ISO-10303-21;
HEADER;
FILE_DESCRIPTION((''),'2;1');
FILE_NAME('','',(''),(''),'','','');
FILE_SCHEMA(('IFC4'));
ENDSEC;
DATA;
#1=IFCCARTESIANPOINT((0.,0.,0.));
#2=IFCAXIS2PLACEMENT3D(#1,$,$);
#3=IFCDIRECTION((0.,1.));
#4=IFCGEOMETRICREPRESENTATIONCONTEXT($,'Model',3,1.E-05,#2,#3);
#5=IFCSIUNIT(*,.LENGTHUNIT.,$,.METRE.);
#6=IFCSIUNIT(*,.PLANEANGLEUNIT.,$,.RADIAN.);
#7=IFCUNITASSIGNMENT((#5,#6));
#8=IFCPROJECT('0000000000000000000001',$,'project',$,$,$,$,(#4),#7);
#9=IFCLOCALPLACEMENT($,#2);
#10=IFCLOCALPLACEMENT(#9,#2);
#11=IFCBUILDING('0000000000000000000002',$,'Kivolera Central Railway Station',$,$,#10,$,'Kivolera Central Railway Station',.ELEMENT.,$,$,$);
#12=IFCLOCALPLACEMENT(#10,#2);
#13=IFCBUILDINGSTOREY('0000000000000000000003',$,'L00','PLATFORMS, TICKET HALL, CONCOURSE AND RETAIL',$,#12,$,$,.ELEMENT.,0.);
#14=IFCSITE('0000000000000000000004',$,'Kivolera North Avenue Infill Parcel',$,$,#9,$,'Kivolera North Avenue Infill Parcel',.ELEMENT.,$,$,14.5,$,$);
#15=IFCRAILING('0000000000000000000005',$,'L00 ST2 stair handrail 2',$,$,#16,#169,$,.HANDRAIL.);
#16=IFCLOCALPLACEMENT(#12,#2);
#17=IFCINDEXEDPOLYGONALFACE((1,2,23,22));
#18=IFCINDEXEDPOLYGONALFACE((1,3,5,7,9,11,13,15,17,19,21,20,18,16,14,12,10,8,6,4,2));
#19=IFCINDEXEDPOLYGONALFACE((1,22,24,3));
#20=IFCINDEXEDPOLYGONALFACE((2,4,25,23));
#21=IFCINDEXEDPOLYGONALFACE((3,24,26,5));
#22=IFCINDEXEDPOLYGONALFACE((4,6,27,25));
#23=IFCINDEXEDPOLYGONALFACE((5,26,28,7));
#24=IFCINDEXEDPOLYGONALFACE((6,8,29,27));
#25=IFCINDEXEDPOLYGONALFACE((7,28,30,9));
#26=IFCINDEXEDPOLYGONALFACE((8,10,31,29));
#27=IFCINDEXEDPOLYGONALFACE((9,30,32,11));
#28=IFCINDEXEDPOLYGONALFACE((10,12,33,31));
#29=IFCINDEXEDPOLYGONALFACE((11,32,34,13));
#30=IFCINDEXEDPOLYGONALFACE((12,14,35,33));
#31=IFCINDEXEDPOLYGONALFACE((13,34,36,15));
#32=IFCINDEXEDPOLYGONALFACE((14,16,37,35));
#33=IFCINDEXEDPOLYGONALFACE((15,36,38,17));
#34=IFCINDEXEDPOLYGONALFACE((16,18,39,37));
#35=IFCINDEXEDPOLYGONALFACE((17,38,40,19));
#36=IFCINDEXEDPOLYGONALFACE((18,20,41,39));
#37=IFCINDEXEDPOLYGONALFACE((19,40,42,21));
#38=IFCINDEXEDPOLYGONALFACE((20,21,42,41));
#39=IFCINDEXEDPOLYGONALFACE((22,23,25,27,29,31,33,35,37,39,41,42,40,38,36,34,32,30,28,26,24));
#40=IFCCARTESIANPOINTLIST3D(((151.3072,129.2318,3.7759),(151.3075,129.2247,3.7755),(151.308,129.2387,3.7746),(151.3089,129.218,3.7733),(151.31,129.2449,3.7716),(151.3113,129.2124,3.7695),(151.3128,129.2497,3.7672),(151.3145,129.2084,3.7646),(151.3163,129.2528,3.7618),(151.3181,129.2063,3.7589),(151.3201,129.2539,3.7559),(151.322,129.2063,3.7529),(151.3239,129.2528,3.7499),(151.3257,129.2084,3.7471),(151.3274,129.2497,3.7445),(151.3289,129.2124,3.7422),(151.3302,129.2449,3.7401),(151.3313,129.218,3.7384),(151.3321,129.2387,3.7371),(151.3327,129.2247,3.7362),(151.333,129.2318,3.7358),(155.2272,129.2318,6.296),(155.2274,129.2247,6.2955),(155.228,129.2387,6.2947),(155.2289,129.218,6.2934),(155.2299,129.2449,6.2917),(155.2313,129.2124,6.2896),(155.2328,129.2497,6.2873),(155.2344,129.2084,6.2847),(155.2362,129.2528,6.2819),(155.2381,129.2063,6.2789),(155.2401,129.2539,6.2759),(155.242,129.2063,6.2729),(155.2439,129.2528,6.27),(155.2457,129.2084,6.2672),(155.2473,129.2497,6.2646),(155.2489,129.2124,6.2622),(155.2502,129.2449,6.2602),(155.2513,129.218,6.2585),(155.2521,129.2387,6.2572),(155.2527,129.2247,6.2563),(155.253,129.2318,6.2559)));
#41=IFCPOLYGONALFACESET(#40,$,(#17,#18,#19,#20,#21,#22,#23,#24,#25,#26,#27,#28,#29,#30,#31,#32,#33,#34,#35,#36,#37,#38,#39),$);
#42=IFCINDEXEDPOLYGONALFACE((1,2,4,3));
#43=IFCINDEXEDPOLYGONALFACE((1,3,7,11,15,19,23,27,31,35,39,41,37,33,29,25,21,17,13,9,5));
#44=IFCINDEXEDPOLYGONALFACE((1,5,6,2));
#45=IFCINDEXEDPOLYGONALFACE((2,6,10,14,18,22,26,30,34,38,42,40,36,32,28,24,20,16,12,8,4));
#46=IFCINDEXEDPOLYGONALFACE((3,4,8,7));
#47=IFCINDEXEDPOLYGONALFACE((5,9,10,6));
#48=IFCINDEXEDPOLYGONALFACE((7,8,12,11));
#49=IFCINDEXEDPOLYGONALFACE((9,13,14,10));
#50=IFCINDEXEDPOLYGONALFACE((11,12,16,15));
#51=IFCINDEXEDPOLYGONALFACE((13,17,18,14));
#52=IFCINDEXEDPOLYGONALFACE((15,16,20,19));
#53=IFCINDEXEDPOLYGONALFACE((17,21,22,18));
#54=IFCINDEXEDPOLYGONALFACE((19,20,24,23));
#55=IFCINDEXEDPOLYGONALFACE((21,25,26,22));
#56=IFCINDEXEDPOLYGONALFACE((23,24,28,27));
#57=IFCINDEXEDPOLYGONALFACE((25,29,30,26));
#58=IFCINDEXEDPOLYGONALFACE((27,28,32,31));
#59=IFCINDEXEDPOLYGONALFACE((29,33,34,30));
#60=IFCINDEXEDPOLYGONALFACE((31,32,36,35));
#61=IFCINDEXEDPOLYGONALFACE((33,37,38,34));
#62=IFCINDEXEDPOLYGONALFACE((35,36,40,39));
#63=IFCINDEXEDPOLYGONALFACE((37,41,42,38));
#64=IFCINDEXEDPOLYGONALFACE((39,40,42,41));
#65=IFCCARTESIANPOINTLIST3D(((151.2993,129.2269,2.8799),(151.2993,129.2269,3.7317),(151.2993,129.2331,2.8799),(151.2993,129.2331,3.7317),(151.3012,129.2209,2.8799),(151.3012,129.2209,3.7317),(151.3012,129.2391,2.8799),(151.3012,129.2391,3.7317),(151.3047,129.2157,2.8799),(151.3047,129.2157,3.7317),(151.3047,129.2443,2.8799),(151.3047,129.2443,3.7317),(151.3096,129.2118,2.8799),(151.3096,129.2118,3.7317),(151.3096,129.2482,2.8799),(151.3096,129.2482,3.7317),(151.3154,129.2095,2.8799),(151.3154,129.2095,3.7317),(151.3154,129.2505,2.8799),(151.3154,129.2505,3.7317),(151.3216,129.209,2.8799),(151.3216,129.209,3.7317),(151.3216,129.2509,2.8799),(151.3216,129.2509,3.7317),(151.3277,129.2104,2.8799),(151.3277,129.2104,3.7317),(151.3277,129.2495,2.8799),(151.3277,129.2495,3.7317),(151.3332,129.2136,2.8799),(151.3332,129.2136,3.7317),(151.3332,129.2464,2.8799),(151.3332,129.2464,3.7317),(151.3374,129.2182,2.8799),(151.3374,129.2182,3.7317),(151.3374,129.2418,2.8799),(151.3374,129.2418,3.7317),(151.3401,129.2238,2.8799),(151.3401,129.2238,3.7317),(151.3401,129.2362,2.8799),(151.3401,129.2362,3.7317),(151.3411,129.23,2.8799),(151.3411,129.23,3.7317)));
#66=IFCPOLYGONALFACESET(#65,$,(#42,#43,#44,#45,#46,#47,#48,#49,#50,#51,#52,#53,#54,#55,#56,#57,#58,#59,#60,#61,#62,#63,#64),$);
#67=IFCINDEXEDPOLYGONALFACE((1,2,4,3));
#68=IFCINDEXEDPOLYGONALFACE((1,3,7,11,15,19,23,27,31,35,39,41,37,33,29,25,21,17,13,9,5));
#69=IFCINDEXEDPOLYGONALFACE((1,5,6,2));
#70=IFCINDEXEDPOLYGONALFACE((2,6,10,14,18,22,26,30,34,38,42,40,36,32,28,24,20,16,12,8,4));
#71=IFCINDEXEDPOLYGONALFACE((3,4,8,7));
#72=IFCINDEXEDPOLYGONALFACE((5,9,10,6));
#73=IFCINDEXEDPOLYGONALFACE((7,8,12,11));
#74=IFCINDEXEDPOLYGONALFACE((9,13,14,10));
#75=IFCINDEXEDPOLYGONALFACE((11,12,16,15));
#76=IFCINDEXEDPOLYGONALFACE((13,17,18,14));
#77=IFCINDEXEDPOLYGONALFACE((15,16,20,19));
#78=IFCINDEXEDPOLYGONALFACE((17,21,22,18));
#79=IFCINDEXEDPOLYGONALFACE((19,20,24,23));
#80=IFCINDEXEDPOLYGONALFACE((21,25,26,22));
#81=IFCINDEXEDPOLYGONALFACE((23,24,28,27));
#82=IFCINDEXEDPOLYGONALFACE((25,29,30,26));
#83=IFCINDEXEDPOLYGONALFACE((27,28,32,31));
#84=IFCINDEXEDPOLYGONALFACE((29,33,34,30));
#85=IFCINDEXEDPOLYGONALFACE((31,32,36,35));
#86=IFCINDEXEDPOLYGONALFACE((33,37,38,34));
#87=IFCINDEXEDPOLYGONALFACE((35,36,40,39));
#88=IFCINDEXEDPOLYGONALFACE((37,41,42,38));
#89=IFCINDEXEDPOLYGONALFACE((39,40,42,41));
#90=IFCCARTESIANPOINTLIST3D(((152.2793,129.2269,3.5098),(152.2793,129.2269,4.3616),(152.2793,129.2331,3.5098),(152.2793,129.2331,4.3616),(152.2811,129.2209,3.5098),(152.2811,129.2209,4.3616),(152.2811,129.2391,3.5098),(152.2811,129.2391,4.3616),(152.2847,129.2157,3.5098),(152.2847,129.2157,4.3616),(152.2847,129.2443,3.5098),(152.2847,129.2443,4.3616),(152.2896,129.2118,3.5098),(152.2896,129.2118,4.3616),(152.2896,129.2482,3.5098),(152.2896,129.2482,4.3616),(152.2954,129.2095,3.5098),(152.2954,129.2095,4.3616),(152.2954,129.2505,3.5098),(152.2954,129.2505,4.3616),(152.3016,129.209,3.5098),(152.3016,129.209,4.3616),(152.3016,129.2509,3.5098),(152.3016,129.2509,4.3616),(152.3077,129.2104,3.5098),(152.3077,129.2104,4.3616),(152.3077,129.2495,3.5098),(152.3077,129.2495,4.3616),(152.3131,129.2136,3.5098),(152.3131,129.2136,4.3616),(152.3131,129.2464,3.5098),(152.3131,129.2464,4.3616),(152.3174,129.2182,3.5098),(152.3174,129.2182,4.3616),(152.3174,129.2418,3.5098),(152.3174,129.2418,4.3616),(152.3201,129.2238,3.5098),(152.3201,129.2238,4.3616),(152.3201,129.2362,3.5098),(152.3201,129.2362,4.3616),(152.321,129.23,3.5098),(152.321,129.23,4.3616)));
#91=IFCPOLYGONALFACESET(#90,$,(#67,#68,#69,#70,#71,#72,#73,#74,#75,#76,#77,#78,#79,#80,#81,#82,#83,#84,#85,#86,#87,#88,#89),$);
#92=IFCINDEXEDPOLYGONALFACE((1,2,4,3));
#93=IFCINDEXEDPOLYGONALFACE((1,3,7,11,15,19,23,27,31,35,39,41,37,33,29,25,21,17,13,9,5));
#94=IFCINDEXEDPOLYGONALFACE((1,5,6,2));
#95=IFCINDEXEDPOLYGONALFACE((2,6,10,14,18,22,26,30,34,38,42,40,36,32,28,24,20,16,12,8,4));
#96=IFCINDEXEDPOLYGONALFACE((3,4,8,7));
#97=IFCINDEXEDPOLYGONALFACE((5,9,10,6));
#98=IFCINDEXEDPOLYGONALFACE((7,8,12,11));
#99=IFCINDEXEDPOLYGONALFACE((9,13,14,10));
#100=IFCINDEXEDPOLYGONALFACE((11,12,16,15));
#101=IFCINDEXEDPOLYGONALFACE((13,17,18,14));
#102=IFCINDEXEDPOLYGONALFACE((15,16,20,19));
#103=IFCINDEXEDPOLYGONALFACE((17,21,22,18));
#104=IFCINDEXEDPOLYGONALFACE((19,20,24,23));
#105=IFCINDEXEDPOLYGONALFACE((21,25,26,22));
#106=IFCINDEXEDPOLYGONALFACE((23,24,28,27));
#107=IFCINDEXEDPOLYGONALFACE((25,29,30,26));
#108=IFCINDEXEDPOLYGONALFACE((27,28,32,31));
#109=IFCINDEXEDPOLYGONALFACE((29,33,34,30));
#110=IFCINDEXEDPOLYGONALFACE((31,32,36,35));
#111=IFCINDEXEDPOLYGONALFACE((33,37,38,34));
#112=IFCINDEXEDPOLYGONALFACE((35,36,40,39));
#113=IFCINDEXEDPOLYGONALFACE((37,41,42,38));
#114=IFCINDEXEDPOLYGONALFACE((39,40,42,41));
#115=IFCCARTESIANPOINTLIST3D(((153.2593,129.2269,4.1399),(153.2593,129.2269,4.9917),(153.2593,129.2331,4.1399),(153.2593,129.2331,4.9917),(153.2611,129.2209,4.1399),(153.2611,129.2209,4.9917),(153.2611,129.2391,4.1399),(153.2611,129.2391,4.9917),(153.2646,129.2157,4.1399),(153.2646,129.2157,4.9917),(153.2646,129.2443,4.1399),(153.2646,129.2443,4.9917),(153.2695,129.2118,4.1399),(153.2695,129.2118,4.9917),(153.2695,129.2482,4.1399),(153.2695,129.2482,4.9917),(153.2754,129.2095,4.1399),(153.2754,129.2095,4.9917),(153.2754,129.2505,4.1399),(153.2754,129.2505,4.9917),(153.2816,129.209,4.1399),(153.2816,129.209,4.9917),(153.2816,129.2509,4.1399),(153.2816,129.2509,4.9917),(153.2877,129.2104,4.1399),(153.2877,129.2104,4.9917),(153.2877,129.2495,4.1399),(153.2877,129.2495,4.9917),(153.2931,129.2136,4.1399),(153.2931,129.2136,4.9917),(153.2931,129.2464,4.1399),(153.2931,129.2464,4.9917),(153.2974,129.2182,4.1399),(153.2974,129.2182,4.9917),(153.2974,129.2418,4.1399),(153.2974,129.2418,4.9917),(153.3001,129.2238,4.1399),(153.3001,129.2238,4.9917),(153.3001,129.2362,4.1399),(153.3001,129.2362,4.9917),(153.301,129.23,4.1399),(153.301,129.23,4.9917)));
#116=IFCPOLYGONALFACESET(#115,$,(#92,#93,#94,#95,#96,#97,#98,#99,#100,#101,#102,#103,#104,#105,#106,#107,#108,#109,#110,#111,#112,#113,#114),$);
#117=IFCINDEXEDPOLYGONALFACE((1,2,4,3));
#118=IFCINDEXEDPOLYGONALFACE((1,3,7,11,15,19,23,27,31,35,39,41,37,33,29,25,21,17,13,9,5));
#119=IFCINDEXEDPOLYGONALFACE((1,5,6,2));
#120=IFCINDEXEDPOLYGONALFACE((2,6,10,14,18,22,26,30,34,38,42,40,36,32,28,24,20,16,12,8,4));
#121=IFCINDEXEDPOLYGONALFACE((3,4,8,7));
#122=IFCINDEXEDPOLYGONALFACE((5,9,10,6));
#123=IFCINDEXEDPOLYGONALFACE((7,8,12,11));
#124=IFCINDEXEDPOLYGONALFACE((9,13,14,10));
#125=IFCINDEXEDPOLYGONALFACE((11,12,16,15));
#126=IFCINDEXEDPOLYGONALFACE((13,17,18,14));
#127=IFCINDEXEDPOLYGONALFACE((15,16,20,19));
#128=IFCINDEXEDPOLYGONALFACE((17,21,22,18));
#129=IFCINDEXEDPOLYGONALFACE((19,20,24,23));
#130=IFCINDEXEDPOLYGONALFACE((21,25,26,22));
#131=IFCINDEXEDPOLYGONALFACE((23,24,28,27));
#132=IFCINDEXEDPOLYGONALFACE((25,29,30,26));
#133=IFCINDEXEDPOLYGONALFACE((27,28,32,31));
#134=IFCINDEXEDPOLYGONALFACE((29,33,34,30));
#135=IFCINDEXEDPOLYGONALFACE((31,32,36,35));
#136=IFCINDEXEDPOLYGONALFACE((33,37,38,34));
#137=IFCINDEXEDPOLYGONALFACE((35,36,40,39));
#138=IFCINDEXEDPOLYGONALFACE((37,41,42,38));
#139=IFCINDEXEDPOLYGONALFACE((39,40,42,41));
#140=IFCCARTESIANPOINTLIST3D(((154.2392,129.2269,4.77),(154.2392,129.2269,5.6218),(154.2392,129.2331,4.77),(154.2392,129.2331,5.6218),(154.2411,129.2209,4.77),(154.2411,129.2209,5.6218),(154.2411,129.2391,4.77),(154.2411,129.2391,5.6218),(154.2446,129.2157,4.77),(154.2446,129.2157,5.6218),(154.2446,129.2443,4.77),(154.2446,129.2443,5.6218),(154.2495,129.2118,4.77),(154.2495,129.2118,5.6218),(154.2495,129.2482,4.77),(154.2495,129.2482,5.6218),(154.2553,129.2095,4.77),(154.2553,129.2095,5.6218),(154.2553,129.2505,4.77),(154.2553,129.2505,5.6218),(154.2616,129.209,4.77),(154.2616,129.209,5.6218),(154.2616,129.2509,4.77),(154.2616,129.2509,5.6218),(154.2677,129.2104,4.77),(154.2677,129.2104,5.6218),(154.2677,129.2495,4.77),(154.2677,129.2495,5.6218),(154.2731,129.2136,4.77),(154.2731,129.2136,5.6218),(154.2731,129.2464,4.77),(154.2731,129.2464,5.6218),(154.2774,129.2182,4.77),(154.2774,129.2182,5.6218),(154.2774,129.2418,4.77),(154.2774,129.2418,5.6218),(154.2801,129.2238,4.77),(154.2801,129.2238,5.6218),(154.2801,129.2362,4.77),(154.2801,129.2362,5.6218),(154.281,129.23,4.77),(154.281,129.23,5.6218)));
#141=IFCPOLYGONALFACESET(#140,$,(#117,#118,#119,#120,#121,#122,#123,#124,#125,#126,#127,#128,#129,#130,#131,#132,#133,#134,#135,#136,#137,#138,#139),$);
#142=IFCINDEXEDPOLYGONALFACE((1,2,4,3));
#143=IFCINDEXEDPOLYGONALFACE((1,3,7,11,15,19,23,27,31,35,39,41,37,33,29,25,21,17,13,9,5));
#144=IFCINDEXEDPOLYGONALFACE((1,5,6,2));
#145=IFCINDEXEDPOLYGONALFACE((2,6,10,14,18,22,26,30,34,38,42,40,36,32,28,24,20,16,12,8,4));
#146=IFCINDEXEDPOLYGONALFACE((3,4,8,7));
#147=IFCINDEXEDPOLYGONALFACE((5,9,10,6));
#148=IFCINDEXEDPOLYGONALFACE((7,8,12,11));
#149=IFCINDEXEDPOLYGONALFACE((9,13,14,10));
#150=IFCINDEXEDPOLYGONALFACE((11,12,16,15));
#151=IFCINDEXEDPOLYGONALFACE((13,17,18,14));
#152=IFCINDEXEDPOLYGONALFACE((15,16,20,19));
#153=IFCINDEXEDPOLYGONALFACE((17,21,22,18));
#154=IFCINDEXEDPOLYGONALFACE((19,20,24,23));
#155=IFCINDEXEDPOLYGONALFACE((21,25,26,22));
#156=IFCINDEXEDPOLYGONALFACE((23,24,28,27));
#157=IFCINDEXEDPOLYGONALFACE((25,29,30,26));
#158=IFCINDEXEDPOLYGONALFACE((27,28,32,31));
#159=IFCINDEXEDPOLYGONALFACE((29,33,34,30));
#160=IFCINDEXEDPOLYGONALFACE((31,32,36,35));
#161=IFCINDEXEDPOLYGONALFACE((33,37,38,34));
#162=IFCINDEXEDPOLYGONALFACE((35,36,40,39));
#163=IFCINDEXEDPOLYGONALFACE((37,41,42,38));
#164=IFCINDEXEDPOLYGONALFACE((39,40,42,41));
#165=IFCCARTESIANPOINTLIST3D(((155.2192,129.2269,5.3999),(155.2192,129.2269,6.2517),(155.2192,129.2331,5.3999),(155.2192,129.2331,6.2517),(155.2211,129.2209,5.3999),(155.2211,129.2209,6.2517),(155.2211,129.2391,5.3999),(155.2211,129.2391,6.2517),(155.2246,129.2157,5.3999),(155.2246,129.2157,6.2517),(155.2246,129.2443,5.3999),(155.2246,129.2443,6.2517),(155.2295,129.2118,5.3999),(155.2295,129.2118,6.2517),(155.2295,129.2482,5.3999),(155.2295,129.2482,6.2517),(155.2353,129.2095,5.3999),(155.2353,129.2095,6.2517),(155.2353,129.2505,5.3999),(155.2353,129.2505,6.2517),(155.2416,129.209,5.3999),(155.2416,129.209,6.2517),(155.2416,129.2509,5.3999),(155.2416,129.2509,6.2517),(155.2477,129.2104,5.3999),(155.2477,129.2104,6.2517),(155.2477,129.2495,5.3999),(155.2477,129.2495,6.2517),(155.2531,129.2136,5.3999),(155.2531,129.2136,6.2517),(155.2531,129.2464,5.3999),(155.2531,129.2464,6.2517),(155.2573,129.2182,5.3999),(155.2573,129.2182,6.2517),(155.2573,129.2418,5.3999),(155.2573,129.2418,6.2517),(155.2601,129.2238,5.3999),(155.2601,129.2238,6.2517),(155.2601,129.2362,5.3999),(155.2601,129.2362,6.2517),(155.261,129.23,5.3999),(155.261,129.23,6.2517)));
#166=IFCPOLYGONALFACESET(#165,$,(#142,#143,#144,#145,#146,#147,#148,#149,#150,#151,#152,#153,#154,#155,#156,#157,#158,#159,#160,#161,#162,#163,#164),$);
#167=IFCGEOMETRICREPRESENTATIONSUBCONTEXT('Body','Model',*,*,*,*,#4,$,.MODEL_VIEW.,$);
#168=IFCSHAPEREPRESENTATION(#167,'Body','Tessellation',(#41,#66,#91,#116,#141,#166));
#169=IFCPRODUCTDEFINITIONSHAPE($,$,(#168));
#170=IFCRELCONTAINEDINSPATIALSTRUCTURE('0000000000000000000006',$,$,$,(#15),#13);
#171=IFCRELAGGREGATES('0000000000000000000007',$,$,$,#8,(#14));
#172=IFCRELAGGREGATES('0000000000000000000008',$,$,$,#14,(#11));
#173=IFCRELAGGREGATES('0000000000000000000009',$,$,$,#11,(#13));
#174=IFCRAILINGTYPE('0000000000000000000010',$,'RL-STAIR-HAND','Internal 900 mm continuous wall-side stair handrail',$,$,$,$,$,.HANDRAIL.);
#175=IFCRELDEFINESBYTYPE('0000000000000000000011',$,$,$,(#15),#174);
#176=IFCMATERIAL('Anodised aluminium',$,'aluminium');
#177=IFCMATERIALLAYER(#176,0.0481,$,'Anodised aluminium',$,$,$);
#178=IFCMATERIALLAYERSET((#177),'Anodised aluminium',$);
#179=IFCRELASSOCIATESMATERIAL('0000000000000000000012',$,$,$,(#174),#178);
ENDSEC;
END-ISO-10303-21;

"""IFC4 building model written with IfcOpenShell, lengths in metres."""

from ifc_helpers import new_model, si_unit, direction, frame, origin, origin_2d, place, context, subcontext, project, spatial, circle, extrude, material, layer, layer_set, type_object, element, save


model = new_model("IFC4")

# Units and contexts
model_context = context("Model", 3, precision=1e-05, world=origin(), true_north=direction((0.0, 1.0)))
body_context = subcontext(model_context, "Body", "Model", "MODEL_VIEW")
ifc_project = project(units=[si_unit("LENGTHUNIT", "METRE"), si_unit("PLANEANGLEUNIT", "RADIAN")], contexts=[model_context])

# Site, building, storey
site_placement = place(None, origin())
site = spatial("IfcSite", under=ifc_project, at=site_placement, Name="Kivolera North Avenue Infill Parcel", LongName="Kivolera North Avenue Infill Parcel", CompositionType="ELEMENT", RefElevation=14.5)
building_placement = place(site_placement, origin())
building = spatial("IfcBuilding", under=site, at=building_placement, Name="Kivolera Central Railway Station", LongName="Kivolera Central Railway Station", CompositionType="ELEMENT")
storey_placement = place(building_placement, origin())
storey = spatial("IfcBuildingStorey", under=building, at=storey_placement, Name="L00", Description="PLATFORMS, TICKET HALL, CONCOURSE AND RETAIL", CompositionType="ELEMENT", Elevation=0.0)

# Shared definitions
ifc_material_1 = material(Name="Anodised aluminium", Category="aluminium")

# Railing
ifc_layer_1 = layer(ifc_material_1, 0.0481, Name="Anodised aluminium")
ifc_layer_set_1 = layer_set([ifc_layer_1], Name="Anodised aluminium")
railing_type_1 = type_object("IfcRailingType", Name="RL-STAIR-HAND", Description="Internal 900 mm continuous wall-side stair handrail", PredefinedType="HANDRAIL", material=ifc_layer_set_1)
railing_1_placement = place(storey_placement, frame((151.3201, 129.23, 2.8799)))
element("IfcRailing", 1, at=railing_1_placement, inside=storey, type_object=railing_type_1, Name="L00 ST2 stair handrail 2", PredefinedType="HANDRAIL", context=body_context, shape_type="SweptSolid", body=[
    extrude(circle(Radius=0.0239, at=origin_2d()), frame((0.0, 0.0, 0.876), z_axis=(0.841172, 0.0, 0.540768), x_axis=(0.0, 1.0, 0.0)), (0.0, 0.0, 1.0), 4.6602),
    extrude(circle(Radius=0.021, at=origin_2d()), origin(), (0.0, 0.0, 1.0), 0.8518),
    extrude(circle(Radius=0.021, at=origin_2d()), frame((0.98, 0.0, 0.6299)), (0.0, 0.0, 1.0), 0.8518),
    extrude(circle(Radius=0.021, at=origin_2d()), frame((1.96, 0.0, 1.26)), (0.0, 0.0, 1.0), 0.8518),
    extrude(circle(Radius=0.021, at=origin_2d()), frame((2.9399, 0.0, 1.8901)), (0.0, 0.0, 1.0), 0.8518),
    extrude(circle(Radius=0.021, at=origin_2d()), frame((3.9199, 0.0, 2.52)), (0.0, 0.0, 1.0), 0.8518),
])

save(model, "model.ifc")
